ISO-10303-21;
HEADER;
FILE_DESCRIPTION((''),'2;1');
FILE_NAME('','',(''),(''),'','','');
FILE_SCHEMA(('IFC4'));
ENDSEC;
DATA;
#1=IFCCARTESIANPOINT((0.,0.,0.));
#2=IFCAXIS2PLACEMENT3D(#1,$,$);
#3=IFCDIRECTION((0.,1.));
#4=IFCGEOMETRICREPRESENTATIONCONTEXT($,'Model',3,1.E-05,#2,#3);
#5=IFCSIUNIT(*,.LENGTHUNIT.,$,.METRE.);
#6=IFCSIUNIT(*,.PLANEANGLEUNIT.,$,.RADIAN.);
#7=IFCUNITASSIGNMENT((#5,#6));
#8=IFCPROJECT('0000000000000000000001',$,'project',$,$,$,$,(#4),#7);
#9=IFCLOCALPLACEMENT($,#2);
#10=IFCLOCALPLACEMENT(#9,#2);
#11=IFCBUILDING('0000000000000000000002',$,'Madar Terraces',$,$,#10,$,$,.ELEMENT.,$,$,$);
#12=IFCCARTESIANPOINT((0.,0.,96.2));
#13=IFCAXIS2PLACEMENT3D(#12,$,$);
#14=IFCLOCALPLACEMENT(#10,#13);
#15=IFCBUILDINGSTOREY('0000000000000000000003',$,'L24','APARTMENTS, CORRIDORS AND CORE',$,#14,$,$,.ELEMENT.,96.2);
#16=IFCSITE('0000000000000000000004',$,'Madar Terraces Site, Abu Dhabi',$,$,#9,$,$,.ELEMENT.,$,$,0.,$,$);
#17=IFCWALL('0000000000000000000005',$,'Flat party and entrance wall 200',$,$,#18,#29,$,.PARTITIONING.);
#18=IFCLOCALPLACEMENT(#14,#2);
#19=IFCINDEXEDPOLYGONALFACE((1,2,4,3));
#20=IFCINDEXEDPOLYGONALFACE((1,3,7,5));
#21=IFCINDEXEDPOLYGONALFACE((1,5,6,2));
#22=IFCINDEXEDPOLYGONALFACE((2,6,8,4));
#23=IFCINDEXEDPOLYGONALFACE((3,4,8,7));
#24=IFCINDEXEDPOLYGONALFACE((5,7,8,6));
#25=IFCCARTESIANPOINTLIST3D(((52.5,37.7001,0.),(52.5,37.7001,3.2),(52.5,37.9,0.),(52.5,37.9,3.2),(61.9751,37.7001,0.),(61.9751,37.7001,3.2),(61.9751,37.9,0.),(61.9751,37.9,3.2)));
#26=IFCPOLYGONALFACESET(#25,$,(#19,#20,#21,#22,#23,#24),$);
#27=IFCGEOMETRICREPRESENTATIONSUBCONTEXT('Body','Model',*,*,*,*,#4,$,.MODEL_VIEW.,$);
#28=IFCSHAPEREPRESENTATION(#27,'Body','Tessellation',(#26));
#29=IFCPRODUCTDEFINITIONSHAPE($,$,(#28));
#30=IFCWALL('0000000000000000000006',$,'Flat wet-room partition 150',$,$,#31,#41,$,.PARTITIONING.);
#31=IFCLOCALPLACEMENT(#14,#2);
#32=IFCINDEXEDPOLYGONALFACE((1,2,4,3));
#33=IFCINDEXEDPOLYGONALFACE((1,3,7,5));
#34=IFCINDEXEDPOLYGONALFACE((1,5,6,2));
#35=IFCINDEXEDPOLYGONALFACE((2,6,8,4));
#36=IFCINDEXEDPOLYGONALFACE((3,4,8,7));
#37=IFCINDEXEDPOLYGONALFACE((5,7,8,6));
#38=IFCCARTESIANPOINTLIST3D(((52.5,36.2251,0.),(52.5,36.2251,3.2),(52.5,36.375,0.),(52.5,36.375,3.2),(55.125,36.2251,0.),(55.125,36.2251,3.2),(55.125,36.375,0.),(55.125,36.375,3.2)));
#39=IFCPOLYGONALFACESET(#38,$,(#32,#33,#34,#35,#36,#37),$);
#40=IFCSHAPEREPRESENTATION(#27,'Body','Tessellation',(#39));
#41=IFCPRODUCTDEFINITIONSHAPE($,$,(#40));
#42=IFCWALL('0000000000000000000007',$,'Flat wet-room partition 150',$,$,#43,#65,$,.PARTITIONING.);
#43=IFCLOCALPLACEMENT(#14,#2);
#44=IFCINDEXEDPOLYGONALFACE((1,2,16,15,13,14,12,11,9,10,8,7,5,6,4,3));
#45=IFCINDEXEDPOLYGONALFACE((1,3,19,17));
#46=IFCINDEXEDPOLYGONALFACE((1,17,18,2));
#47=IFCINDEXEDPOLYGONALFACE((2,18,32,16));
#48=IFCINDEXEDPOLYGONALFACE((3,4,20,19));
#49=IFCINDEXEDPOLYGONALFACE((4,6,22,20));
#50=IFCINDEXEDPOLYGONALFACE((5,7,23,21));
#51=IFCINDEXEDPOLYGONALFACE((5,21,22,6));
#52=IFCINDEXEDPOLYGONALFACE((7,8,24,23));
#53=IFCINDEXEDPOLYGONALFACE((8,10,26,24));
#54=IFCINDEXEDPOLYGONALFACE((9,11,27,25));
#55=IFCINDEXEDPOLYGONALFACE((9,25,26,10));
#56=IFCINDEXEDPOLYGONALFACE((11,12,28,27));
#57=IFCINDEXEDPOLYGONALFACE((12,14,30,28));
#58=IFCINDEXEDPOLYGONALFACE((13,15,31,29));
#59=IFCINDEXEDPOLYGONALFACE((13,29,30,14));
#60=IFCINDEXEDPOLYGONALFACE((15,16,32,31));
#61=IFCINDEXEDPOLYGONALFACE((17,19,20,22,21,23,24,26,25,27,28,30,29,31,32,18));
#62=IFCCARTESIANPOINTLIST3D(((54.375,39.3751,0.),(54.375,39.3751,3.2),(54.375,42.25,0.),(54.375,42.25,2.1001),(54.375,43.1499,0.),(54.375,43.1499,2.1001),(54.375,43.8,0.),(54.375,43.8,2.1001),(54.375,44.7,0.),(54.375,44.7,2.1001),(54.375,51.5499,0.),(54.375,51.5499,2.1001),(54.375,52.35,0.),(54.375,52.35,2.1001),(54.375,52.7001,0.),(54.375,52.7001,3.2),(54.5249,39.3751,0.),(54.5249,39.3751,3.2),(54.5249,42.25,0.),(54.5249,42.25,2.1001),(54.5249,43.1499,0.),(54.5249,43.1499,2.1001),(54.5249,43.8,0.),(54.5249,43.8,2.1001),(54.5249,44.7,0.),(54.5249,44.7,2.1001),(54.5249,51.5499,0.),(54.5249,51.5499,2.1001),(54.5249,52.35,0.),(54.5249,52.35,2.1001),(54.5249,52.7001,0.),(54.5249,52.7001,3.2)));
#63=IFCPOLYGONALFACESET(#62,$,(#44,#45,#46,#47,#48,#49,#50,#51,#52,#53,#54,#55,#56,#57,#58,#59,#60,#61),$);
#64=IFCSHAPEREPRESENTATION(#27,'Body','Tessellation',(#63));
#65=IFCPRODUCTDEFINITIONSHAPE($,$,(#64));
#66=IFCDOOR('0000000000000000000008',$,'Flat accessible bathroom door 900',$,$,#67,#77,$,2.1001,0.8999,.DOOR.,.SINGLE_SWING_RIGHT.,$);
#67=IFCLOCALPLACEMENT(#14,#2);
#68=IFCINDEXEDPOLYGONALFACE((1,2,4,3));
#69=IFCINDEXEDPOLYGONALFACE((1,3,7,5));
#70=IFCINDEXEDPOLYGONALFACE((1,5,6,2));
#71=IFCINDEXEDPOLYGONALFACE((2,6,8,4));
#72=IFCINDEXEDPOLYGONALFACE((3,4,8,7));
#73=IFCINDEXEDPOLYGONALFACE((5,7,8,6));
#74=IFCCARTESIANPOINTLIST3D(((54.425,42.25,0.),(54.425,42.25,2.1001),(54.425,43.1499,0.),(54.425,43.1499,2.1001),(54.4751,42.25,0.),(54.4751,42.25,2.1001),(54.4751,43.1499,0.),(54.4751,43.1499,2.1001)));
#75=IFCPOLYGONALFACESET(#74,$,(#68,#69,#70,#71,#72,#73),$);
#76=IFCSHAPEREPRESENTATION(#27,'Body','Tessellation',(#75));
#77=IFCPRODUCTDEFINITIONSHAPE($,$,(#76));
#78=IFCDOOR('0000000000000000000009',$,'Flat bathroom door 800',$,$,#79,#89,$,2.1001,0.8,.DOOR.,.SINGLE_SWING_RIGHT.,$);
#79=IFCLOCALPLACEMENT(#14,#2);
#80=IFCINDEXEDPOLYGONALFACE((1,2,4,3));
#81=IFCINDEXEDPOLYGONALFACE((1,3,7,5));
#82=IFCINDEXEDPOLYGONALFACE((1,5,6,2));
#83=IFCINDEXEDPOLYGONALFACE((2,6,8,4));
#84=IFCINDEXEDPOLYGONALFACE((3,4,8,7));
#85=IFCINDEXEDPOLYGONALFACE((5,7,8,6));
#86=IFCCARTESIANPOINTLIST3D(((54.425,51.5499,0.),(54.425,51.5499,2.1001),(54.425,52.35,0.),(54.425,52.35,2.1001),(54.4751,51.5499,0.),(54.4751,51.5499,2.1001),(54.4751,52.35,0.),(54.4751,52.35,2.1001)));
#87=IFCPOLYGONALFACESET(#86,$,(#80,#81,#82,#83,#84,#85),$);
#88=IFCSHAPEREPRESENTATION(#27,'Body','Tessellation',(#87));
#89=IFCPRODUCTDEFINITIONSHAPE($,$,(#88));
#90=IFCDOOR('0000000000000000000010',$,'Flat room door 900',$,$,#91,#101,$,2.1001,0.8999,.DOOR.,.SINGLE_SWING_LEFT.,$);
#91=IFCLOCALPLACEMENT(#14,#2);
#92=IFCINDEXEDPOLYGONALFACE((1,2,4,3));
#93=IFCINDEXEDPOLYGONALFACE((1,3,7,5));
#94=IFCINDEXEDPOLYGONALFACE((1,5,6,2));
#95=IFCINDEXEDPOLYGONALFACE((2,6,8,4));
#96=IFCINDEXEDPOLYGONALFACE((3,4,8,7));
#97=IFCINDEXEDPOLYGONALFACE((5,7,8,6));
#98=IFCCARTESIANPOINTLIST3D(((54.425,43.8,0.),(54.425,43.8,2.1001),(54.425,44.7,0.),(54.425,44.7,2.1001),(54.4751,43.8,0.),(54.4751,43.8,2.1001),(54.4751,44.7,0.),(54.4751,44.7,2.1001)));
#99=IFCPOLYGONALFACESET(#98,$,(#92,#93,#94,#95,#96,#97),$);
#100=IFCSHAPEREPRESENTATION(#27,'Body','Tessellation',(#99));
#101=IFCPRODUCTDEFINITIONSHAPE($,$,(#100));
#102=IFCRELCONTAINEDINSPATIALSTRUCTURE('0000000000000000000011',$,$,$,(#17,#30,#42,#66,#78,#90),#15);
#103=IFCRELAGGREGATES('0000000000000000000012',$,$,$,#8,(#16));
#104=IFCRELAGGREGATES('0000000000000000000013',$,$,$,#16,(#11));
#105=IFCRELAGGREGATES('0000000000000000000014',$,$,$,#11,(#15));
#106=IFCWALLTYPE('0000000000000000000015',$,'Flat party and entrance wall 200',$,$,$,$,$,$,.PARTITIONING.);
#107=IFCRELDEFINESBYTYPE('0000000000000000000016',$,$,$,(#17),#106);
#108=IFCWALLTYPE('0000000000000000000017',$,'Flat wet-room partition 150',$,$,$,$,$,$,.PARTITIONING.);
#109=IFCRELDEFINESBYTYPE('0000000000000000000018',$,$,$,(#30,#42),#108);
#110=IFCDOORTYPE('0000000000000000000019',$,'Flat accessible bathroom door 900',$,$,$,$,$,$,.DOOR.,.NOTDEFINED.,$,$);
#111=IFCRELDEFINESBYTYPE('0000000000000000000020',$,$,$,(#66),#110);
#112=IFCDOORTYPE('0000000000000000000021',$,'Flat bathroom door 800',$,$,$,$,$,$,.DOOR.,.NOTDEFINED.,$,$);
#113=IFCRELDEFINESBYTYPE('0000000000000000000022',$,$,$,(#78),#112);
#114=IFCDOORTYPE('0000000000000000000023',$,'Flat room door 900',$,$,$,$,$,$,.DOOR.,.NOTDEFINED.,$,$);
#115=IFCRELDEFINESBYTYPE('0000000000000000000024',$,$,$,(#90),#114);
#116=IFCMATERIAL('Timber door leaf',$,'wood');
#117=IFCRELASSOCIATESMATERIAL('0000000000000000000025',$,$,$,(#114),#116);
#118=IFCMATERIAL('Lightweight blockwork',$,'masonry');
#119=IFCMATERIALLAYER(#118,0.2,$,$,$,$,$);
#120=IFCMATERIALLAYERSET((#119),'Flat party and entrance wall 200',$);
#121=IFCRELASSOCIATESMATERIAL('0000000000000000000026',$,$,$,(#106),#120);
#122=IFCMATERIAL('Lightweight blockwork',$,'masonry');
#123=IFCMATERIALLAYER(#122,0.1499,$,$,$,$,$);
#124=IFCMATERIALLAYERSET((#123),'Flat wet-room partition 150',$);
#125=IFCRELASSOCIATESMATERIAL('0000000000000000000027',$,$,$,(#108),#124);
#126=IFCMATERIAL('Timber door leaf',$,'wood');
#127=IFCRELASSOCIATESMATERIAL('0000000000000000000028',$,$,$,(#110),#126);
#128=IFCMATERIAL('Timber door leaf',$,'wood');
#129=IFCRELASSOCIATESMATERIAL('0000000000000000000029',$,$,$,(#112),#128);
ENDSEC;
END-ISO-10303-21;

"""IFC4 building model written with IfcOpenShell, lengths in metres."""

from ifc_helpers import new_model, si_unit, direction, frame, frame_2d, origin, place, context, subcontext, project, spatial, rectangle, extrude, material, layer, layer_set, type_object, element, fill, save


model = new_model("IFC4")

# Units and contexts
model_context = context("Model", 3, precision=1e-05, world=origin(), true_north=direction((0.0, 1.0)))
body_context = subcontext(model_context, "Body", "Model", "MODEL_VIEW")
ifc_project = project(units=[si_unit("LENGTHUNIT", "METRE"), si_unit("PLANEANGLEUNIT", "RADIAN")], contexts=[model_context])

# Site, building, storey
site_placement = place(None, origin())
site = spatial("IfcSite", under=ifc_project, at=site_placement, Name="Madar Terraces Site, Abu Dhabi", CompositionType="ELEMENT", RefElevation=0.0)
building_placement = place(site_placement, origin())
building = spatial("IfcBuilding", under=site, at=building_placement, Name="Madar Terraces", CompositionType="ELEMENT")
storey_placement = place(building_placement, frame((0.0, 0.0, 96.2)))
storey = spatial("IfcBuildingStorey", under=building, at=storey_placement, Name="L24", Description="APARTMENTS, CORRIDORS AND CORE", CompositionType="ELEMENT", Elevation=96.2)

# Shared definitions
ifc_material_1 = material(Name="Timber door leaf", Category="wood")
door_type_1 = type_object("IfcDoorType", Name="Flat room door 900", OperationType="NOTDEFINED", PredefinedType="DOOR", material=ifc_material_1)

# Walls
ifc_material_2 = material(Name="Lightweight blockwork", Category="masonry")
ifc_layer_1 = layer(ifc_material_2, 0.2)
ifc_layer_set_1 = layer_set([ifc_layer_1], Name="Flat party and entrance wall 200")
wall_type_1 = type_object("IfcWallType", Name="Flat party and entrance wall 200", PredefinedType="PARTITIONING", material=ifc_layer_set_1)
wall_1_placement = place(storey_placement, frame((52.5, 37.8, 0.0), z_axis=(0.0, 0.0, 1.0), x_axis=(1.0, 0.0, 0.0)))
element("IfcWall", 1, at=wall_1_placement, inside=storey, type_object=wall_type_1, Name="Flat party and entrance wall 200", PredefinedType="PARTITIONING", context=body_context, shape_type="SweptSolid", body=[
    extrude(rectangle(XDim=9.4751, YDim=0.2, at=frame_2d((4.7375, 0.0))), origin(), (0.0, 0.0, 1.0), 3.2),
])
ifc_material_3 = material(Name="Lightweight blockwork", Category="masonry")
ifc_layer_2 = layer(ifc_material_3, 0.1499)
ifc_layer_set_2 = layer_set([ifc_layer_2], Name="Flat wet-room partition 150")
wall_type_2 = type_object("IfcWallType", Name="Flat wet-room partition 150", PredefinedType="PARTITIONING", material=ifc_layer_set_2)
wall_2_placement = place(storey_placement, frame((52.5, 36.3, 0.0), z_axis=(0.0, 0.0, 1.0), x_axis=(1.0, 0.0, 0.0)))
element("IfcWall", 2, at=wall_2_placement, inside=storey, type_object=wall_type_2, Name="Flat wet-room partition 150", PredefinedType="PARTITIONING", context=body_context, shape_type="SweptSolid", body=[
    extrude(rectangle(XDim=2.625, YDim=0.1499, at=frame_2d((1.3125, 0.0))), origin(), (0.0, 0.0, 1.0), 3.2),
])

# Wall, openings, doors
wall_3_placement = place(storey_placement, frame((54.45, 39.375, 0.0), z_axis=(0.0, 0.0, 1.0), x_axis=(0.0, 1.0, 0.0)))
wall_3 = element("IfcWall", 3, at=wall_3_placement, inside=storey, type_object=wall_type_2, Name="Flat wet-room partition 150", PredefinedType="PARTITIONING", context=body_context, shape_type="SweptSolid", body=[
    extrude(rectangle(XDim=13.325, YDim=0.1499, at=frame_2d((6.6626, 0.0))), origin(), (0.0, 0.0, 1.0), 3.2),
])
opening_1_placement = place(wall_3_placement, frame((2.875, 0.0, 0.0)))
opening_1 = element("IfcOpeningElement", 4, at=opening_1_placement, cuts=wall_3, PredefinedType="OPENING", context=body_context, shape_type="SweptSolid", body=[
    extrude(rectangle(XDim=0.8999, YDim=2.1001, at=frame_2d((0.45, 1.05))), frame((0.0, 0.085, 0.0), z_axis=(0.0, -1.0, 0.0), x_axis=(1.0, 0.0, 0.0)), (0.0, 0.0, 1.0), 0.1699),
])
opening_2_placement = place(wall_3_placement, frame((4.425, 0.0, 0.0)))
opening_2 = element("IfcOpeningElement", 5, at=opening_2_placement, cuts=wall_3, PredefinedType="OPENING", context=body_context, shape_type="SweptSolid", body=[
    extrude(rectangle(XDim=0.8999, YDim=2.1001, at=frame_2d((0.45, 1.05))), frame((0.0, 0.085, 0.0), z_axis=(0.0, -1.0, 0.0), x_axis=(1.0, 0.0, 0.0)), (0.0, 0.0, 1.0), 0.1699),
])
opening_3_placement = place(wall_3_placement, frame((12.175, 0.0, 0.0)))
opening_3 = element("IfcOpeningElement", 6, at=opening_3_placement, cuts=wall_3, PredefinedType="OPENING", context=body_context, shape_type="SweptSolid", body=[
    extrude(rectangle(XDim=0.8, YDim=2.1001, at=frame_2d((0.3999, 1.05))), frame((0.0, 0.085, 0.0), z_axis=(0.0, -1.0, 0.0), x_axis=(1.0, 0.0, 0.0)), (0.0, 0.0, 1.0), 0.1699),
])
ifc_material_4 = material(Name="Timber door leaf", Category="wood")
door_type_2 = type_object("IfcDoorType", Name="Flat accessible bathroom door 900", OperationType="NOTDEFINED", PredefinedType="DOOR", material=ifc_material_4)
door_1_placement = place(opening_1_placement, origin())
door_1 = element("IfcDoor", 7, at=door_1_placement, inside=storey, type_object=door_type_2, Name="Flat accessible bathroom door 900", OperationType="SINGLE_SWING_RIGHT", OverallHeight=2.1001, OverallWidth=0.8999, PredefinedType="DOOR", context=body_context, shape_type="SweptSolid", body=[
    extrude(rectangle(XDim=0.8999, YDim=2.1001, at=frame_2d((0.45, 1.05))), frame((0.0, 0.0249, 0.0), z_axis=(0.0, -1.0, 0.0), x_axis=(1.0, 0.0, 0.0)), (0.0, 0.0, 1.0), 0.05),
])
fill(opening_1, door_1)
ifc_material_5 = material(Name="Timber door leaf", Category="wood")
door_type_3 = type_object("IfcDoorType", Name="Flat bathroom door 800", OperationType="NOTDEFINED", PredefinedType="DOOR", material=ifc_material_5)
door_2_placement = place(opening_3_placement, origin())
door_2 = element("IfcDoor", 8, at=door_2_placement, inside=storey, type_object=door_type_3, Name="Flat bathroom door 800", OperationType="SINGLE_SWING_RIGHT", OverallHeight=2.1001, OverallWidth=0.8, PredefinedType="DOOR", context=body_context, shape_type="SweptSolid", body=[
    extrude(rectangle(XDim=0.8, YDim=2.1001, at=frame_2d((0.3999, 1.05))), frame((0.0, 0.0249, 0.0), z_axis=(0.0, -1.0, 0.0), x_axis=(1.0, 0.0, 0.0)), (0.0, 0.0, 1.0), 0.05),
])
fill(opening_3, door_2)
door_3_placement = place(opening_2_placement, origin())
door_3 = element("IfcDoor", 9, at=door_3_placement, inside=storey, type_object=door_type_1, Name="Flat room door 900", OperationType="SINGLE_SWING_LEFT", OverallHeight=2.1001, OverallWidth=0.8999, PredefinedType="DOOR", context=body_context, shape_type="SweptSolid", body=[
    extrude(rectangle(XDim=0.8999, YDim=2.1001, at=frame_2d((0.45, 1.05))), frame((0.0, 0.0249, 0.0), z_axis=(0.0, -1.0, 0.0), x_axis=(1.0, 0.0, 0.0)), (0.0, 0.0, 1.0), 0.05),
])
fill(opening_2, door_3)

save(model, "model.ifc")
